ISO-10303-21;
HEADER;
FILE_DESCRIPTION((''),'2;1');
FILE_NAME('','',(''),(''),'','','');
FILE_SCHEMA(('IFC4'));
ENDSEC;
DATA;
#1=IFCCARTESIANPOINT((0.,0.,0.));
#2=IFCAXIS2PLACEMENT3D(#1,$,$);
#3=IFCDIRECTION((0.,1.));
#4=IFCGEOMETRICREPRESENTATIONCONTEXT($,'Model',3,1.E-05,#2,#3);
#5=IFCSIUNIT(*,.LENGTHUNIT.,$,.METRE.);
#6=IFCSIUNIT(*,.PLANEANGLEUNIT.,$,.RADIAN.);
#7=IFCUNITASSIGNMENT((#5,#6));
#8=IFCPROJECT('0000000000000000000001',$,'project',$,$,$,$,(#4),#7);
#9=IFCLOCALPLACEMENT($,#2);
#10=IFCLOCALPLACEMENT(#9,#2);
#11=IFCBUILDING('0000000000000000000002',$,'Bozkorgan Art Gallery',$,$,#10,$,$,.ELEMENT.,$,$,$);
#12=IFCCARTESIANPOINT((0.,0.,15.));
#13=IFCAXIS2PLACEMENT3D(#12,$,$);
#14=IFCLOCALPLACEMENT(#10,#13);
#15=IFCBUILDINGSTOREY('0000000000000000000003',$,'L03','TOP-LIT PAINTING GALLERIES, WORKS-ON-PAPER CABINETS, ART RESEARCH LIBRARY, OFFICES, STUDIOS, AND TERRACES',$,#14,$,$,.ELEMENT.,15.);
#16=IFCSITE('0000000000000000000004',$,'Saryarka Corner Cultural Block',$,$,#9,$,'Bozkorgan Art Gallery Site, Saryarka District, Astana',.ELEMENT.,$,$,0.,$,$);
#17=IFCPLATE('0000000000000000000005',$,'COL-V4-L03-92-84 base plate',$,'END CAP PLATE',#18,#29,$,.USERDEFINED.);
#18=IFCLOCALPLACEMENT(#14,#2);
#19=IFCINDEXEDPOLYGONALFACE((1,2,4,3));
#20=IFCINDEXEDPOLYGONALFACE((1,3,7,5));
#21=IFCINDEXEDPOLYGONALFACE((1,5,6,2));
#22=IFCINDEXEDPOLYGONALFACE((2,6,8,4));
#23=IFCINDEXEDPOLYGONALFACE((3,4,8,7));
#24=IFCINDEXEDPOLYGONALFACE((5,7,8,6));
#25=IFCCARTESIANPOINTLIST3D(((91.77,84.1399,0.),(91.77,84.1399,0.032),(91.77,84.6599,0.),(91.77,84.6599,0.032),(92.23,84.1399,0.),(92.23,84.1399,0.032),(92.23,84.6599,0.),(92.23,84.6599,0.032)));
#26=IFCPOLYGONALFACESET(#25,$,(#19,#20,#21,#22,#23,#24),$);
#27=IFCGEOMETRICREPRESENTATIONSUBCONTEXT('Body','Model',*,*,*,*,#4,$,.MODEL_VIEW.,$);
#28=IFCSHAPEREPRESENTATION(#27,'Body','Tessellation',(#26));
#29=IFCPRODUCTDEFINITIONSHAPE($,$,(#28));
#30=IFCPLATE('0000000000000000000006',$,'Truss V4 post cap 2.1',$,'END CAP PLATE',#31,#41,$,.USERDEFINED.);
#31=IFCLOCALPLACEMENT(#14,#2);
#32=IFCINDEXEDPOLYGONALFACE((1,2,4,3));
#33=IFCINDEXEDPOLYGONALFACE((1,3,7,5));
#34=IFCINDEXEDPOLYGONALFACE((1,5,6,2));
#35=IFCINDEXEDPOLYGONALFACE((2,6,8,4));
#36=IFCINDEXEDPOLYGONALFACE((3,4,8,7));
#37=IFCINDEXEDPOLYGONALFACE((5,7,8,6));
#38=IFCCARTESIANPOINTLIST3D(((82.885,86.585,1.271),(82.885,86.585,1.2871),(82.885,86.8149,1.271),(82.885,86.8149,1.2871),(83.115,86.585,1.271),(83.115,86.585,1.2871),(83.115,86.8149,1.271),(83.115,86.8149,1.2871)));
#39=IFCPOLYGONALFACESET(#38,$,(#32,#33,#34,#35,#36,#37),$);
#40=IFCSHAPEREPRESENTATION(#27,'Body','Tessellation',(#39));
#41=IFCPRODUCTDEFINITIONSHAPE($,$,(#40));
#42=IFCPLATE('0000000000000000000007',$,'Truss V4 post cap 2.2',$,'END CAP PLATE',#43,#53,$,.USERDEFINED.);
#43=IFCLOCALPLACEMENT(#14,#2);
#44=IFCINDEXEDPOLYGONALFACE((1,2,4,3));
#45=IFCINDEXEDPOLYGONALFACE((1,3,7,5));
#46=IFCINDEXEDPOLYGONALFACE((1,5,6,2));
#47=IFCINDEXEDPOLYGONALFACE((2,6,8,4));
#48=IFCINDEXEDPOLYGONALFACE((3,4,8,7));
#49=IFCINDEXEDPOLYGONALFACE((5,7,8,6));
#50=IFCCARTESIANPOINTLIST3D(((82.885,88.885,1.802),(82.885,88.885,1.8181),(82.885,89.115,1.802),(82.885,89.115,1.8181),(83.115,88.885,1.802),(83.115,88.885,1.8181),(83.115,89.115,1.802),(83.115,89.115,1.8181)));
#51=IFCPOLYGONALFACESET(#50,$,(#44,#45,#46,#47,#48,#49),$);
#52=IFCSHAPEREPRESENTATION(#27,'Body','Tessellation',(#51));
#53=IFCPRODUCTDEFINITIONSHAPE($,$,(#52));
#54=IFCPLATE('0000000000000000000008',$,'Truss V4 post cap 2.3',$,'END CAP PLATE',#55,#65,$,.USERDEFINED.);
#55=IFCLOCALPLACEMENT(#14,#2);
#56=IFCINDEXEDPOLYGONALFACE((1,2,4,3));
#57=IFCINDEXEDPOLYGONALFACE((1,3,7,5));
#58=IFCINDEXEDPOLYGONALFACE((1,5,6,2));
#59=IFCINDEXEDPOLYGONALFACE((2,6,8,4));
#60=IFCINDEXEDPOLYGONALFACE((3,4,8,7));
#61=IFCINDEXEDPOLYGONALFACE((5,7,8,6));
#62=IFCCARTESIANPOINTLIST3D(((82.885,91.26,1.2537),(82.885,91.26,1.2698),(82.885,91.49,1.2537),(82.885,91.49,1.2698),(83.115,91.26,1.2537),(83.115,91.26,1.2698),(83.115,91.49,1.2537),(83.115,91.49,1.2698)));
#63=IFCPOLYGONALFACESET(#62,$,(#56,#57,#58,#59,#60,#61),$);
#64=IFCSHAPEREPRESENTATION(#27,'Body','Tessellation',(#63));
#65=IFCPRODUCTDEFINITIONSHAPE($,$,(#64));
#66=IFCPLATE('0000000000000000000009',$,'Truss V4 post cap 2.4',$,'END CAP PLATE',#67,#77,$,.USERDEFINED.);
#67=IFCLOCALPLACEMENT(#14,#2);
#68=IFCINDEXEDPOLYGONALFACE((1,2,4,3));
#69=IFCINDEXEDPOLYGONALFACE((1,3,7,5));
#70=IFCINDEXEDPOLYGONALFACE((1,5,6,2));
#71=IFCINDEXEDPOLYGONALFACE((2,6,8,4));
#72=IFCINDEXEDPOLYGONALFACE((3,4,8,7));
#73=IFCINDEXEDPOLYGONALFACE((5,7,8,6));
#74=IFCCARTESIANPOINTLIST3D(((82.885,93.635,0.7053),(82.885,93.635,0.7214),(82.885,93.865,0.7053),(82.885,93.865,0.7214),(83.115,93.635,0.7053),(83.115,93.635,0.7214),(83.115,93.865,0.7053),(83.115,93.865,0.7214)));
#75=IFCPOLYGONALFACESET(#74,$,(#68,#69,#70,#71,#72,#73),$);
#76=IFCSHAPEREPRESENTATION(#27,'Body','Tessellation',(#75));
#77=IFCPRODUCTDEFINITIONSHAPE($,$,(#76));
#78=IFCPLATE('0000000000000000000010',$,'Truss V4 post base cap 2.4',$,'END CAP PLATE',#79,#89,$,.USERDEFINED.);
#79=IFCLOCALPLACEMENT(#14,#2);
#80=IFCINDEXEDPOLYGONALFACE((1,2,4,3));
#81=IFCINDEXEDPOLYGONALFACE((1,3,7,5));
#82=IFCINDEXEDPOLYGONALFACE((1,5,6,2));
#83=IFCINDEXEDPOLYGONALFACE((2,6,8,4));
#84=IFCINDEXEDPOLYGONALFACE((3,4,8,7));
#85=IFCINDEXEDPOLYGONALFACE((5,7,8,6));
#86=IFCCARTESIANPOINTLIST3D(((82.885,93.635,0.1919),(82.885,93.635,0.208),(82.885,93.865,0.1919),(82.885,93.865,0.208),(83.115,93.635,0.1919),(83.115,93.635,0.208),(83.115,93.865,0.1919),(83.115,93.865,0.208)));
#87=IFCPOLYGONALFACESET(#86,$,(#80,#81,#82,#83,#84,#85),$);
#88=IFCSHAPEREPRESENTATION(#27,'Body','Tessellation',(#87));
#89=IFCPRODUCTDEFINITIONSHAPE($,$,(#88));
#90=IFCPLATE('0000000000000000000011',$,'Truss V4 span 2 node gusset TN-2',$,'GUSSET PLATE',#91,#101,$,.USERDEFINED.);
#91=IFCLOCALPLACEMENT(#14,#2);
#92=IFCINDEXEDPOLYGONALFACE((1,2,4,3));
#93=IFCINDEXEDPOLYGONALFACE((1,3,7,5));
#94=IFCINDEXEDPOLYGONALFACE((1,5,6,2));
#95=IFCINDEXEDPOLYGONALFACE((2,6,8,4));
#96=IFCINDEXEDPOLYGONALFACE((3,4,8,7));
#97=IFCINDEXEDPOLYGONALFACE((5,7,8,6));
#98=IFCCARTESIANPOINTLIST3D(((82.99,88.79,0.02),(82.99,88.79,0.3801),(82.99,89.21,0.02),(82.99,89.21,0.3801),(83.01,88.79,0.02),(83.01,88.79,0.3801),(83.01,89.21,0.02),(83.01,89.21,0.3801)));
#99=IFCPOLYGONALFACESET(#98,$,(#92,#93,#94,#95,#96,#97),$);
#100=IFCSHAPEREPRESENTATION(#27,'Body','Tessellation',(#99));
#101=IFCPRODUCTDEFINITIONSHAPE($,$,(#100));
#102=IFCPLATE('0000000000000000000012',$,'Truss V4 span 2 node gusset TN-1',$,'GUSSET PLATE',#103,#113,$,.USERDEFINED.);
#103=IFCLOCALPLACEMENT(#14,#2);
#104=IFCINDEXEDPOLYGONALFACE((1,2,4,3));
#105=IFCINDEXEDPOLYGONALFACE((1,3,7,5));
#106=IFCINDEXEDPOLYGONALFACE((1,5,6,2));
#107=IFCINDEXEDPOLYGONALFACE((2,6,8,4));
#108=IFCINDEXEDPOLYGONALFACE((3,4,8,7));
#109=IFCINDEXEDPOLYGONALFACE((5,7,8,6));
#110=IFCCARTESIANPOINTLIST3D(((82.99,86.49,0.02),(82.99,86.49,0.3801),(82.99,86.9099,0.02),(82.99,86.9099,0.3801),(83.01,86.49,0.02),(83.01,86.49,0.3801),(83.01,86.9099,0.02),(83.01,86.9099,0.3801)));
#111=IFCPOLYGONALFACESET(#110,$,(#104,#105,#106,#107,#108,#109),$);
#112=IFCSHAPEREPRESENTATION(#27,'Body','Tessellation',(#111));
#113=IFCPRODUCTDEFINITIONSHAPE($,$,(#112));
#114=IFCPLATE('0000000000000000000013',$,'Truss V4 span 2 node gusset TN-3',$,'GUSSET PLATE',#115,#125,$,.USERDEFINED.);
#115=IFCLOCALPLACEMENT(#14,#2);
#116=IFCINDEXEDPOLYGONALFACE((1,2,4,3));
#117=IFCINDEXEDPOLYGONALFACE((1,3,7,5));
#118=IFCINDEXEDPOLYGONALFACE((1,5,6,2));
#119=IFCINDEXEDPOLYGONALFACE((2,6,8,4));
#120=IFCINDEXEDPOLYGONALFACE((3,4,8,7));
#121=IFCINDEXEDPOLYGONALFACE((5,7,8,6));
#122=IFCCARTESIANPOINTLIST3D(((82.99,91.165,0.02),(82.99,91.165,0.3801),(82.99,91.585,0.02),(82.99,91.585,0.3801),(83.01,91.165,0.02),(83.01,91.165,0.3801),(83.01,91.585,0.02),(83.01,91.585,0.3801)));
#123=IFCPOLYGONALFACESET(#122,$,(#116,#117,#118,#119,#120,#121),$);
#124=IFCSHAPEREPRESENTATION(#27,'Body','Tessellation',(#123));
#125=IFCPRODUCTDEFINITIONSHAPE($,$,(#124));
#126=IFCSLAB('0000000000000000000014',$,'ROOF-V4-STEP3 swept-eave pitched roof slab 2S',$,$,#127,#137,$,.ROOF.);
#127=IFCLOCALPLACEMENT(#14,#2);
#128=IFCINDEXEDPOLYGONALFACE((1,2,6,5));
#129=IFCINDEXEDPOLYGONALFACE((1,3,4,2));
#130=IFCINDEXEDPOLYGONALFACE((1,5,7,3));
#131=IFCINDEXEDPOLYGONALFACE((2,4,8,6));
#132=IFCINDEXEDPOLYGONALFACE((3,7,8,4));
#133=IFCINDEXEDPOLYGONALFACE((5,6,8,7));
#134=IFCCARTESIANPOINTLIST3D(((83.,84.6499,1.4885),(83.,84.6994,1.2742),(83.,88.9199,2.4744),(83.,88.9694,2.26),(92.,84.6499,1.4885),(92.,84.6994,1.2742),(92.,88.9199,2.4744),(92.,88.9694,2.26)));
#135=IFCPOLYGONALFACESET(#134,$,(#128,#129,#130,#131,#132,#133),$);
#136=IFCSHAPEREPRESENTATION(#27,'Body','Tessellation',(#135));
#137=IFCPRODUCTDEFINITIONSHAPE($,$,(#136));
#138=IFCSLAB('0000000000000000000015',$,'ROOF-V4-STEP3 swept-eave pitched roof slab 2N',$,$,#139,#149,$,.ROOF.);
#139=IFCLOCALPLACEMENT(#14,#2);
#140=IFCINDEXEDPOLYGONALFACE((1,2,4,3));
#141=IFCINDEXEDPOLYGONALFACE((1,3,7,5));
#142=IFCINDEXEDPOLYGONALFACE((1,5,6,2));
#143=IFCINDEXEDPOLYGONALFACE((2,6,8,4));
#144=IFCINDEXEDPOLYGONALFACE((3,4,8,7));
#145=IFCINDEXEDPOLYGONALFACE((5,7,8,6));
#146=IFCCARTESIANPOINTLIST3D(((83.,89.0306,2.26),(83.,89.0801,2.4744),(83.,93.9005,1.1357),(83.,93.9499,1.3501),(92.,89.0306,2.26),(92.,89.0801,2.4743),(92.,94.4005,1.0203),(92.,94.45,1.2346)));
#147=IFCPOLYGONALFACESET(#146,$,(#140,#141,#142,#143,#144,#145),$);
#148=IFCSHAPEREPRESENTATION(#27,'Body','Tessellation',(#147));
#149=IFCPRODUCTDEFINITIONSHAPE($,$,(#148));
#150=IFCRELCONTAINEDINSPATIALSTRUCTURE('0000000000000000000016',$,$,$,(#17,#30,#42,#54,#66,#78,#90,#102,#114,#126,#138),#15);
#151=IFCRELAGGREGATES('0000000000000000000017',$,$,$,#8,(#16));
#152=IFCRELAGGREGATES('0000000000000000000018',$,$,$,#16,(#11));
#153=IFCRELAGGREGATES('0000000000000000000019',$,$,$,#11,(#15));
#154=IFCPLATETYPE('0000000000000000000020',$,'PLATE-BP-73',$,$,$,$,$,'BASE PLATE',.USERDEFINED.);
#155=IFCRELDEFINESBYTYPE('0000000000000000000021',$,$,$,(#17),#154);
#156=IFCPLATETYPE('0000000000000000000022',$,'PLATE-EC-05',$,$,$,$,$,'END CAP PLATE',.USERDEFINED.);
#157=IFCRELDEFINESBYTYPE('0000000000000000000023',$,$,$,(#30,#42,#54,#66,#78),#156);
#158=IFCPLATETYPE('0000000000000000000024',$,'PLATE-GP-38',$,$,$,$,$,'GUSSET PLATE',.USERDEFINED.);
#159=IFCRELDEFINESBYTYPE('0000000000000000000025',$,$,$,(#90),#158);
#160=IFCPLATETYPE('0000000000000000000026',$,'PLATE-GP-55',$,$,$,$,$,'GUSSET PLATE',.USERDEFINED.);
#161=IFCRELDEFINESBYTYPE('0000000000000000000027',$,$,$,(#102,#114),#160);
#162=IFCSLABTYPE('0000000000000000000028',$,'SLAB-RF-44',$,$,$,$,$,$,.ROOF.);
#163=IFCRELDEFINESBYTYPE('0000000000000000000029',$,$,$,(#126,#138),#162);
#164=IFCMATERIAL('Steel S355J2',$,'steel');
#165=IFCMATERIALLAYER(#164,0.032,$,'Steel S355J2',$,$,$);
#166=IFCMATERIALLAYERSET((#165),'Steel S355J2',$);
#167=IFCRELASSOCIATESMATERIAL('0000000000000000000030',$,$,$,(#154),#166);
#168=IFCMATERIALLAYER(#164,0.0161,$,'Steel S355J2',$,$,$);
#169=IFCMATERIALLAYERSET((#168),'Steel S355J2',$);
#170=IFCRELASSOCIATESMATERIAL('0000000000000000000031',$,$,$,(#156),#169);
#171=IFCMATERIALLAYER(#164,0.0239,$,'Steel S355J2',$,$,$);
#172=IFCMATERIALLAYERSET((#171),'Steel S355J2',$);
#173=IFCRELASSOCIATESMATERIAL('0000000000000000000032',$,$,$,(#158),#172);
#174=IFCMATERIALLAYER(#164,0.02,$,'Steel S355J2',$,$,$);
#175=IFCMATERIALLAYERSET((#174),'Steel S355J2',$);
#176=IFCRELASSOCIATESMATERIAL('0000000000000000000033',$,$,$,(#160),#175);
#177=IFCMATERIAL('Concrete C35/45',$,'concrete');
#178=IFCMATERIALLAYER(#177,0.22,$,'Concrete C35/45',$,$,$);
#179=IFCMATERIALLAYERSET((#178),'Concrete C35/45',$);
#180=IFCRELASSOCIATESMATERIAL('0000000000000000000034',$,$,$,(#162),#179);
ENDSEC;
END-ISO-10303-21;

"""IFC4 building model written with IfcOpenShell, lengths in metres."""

from ifc_helpers import new_model, si_unit, direction, frame, origin, origin_2d, place, context, subcontext, project, spatial, polyline, rectangle, outline, extrude, material, layer, layer_set, type_object, element, save


model = new_model("IFC4")

# Units and contexts
model_context = context("Model", 3, precision=1e-05, world=origin(), true_north=direction((0.0, 1.0)))
body_context = subcontext(model_context, "Body", "Model", "MODEL_VIEW")
ifc_project = project(units=[si_unit("LENGTHUNIT", "METRE"), si_unit("PLANEANGLEUNIT", "RADIAN")], contexts=[model_context])

# Site, building, storey
site_placement = place(None, origin())
site = spatial("IfcSite", under=ifc_project, at=site_placement, Name="Saryarka Corner Cultural Block", LongName="Bozkorgan Art Gallery Site, Saryarka District, Astana", CompositionType="ELEMENT", RefElevation=0.0)
building_placement = place(site_placement, origin())
building = spatial("IfcBuilding", under=site, at=building_placement, Name="Bozkorgan Art Gallery", CompositionType="ELEMENT")
storey_placement = place(building_placement, frame((0.0, 0.0, 15.0)))
storey = spatial("IfcBuildingStorey", under=building, at=storey_placement, Name="L03", Description="TOP-LIT PAINTING GALLERIES, WORKS-ON-PAPER CABINETS, ART RESEARCH LIBRARY, OFFICES, STUDIOS, AND TERRACES", CompositionType="ELEMENT", Elevation=15.0)

# Shared definitions
ifc_material_1 = material(Name="Steel S355J2", Category="steel")

# Plates
ifc_layer_1 = layer(ifc_material_1, 0.032, Name="Steel S355J2")
ifc_layer_set_1 = layer_set([ifc_layer_1], Name="Steel S355J2")
plate_type_1 = type_object("IfcPlateType", Name="PLATE-BP-73", ElementType="BASE PLATE", PredefinedType="USERDEFINED", material=ifc_layer_set_1)
plate_1_placement = place(storey_placement, frame((92.0, 84.3999, 0.0), z_axis=(0.0, 0.0, 1.0), x_axis=(1.0, 0.0, 0.0)))
element("IfcPlate", 1, at=plate_1_placement, inside=storey, type_object=plate_type_1, Name="COL-V4-L03-92-84 base plate", ObjectType="END CAP PLATE", PredefinedType="USERDEFINED", context=body_context, shape_type="SweptSolid", body=[
    extrude(rectangle(XDim=0.46, YDim=0.52, at=origin_2d()), origin(), (0.0, 0.0, 1.0), 0.032),
])
ifc_layer_2 = layer(ifc_material_1, 0.0161, Name="Steel S355J2")
ifc_layer_set_2 = layer_set([ifc_layer_2], Name="Steel S355J2")
plate_type_2 = type_object("IfcPlateType", Name="PLATE-EC-05", ElementType="END CAP PLATE", PredefinedType="USERDEFINED", material=ifc_layer_set_2)
for number, where, z_axis, x_axis, name in (
    (2, (83.0, 86.7, 1.271), (0.0, 0.0, 1.0), (1.0, 0.0, 0.0), "Truss V4 post cap 2.1"),
    (3, (83.0, 89.0, 1.802), (0.0, 0.0, 1.0), (1.0, 0.0, 0.0), "Truss V4 post cap 2.2"),
    (4, (83.0, 91.375, 1.2537), (0.0, 0.0, 1.0), (1.0, 0.0, 0.0), "Truss V4 post cap 2.3"),
    (5, (83.0, 93.75, 0.7053), (0.0, 0.0, 1.0), (1.0, 0.0, 0.0), "Truss V4 post cap 2.4"),
    (6, (83.0, 93.75, 0.1919), (0.0, 0.0, 1.0), (1.0, 0.0, 0.0), "Truss V4 post base cap 2.4"),
):
    element("IfcPlate", number, at=place(storey_placement, frame(where, z_axis=z_axis, x_axis=x_axis)), inside=storey, type_object=plate_type_2, Name=name, ObjectType="END CAP PLATE", PredefinedType="USERDEFINED", context=body_context, shape_type="SweptSolid", body=[
        extrude(rectangle(XDim=0.23, YDim=0.23, at=origin_2d()), origin(), (0.0, 0.0, 1.0), 0.0161),
    ])
ifc_layer_3 = layer(ifc_material_1, 0.0239, Name="Steel S355J2")
ifc_layer_set_3 = layer_set([ifc_layer_3], Name="Steel S355J2")
plate_type_3 = type_object("IfcPlateType", Name="PLATE-GP-38", ElementType="GUSSET PLATE", PredefinedType="USERDEFINED", material=ifc_layer_set_3)
plate_2_placement = place(storey_placement, frame((83.0, 89.0, 0.02), z_axis=(0.0, 0.0, 1.0), x_axis=(1.0, 0.0, 0.0)))
element("IfcPlate", 7, at=plate_2_placement, inside=storey, type_object=plate_type_3, Name="Truss V4 span 2 node gusset TN-2", ObjectType="GUSSET PLATE", PredefinedType="USERDEFINED", context=body_context, shape_type="SweptSolid", body=[
    extrude(rectangle(XDim=0.02, YDim=0.4199, at=origin_2d()), origin(), (0.0, 0.0, 1.0), 0.3601),
])
ifc_layer_4 = layer(ifc_material_1, 0.02, Name="Steel S355J2")
ifc_layer_set_4 = layer_set([ifc_layer_4], Name="Steel S355J2")
plate_type_4 = type_object("IfcPlateType", Name="PLATE-GP-55", ElementType="GUSSET PLATE", PredefinedType="USERDEFINED", material=ifc_layer_set_4)
for number, where, z_axis, x_axis, name in (
    (8, (83.0, 86.7, 0.02), (0.0, 0.0, 1.0), (1.0, 0.0, 0.0), "Truss V4 span 2 node gusset TN-1"),
    (9, (83.0, 91.375, 0.02), (0.0, 0.0, 1.0), (1.0, 0.0, 0.0), "Truss V4 span 2 node gusset TN-3"),
):
    element("IfcPlate", number, at=place(storey_placement, frame(where, z_axis=z_axis, x_axis=x_axis)), inside=storey, type_object=plate_type_4, Name=name, ObjectType="GUSSET PLATE", PredefinedType="USERDEFINED", context=body_context, shape_type="SweptSolid", body=[
        extrude(rectangle(XDim=0.02, YDim=0.4199, at=origin_2d()), origin(), (0.0, 0.0, 1.0), 0.3601),
    ])

# Slabs
ifc_material_2 = material(Name="Concrete C35/45", Category="concrete")
ifc_layer_5 = layer(ifc_material_2, 0.22, Name="Concrete C35/45")
ifc_layer_set_5 = layer_set([ifc_layer_5], Name="Concrete C35/45")
slab_type = type_object("IfcSlabType", Name="SLAB-RF-44", PredefinedType="ROOF", material=ifc_layer_set_5)
slab_1_placement = place(storey_placement, frame((83.0, 84.6499, 1.4885), z_axis=(0.0, -0.224957, 0.974369), x_axis=(1.0, 0.0, 0.0)))
element("IfcSlab", 10, at=slab_1_placement, inside=storey, type_object=slab_type, Name="ROOF-V4-STEP3 swept-eave pitched roof slab 2S", PredefinedType="ROOF", context=body_context, shape_type="SweptSolid", body=[
    extrude(outline(polyline([(0.0, 0.0), (9.0, 0.0), (9.0, 4.3823), (0.0, 4.3823), (0.0, 0.0)])), origin(), (0.0, 0.0, -1.0), 0.22),
])
slab_2_placement = place(storey_placement, frame((83.0, 89.0801, 2.4744), z_axis=(0.000002, 0.224949, 0.97437), x_axis=(1.0, -0.000001, -0.000002)))
element("IfcSlab", 11, at=slab_2_placement, inside=storey, type_object=slab_type, Name="ROOF-V4-STEP3 swept-eave pitched roof slab 2N", PredefinedType="ROOF", context=body_context, shape_type="SweptSolid", body=[
    extrude(outline(polyline([(0.0, 0.0), (9.0, 0.0), (9.0, 5.5111), (0.0, 4.998), (0.0, 0.0)])), origin(), (0.0, 0.0, -1.0), 0.22),
])

save(model, "model.ifc")
